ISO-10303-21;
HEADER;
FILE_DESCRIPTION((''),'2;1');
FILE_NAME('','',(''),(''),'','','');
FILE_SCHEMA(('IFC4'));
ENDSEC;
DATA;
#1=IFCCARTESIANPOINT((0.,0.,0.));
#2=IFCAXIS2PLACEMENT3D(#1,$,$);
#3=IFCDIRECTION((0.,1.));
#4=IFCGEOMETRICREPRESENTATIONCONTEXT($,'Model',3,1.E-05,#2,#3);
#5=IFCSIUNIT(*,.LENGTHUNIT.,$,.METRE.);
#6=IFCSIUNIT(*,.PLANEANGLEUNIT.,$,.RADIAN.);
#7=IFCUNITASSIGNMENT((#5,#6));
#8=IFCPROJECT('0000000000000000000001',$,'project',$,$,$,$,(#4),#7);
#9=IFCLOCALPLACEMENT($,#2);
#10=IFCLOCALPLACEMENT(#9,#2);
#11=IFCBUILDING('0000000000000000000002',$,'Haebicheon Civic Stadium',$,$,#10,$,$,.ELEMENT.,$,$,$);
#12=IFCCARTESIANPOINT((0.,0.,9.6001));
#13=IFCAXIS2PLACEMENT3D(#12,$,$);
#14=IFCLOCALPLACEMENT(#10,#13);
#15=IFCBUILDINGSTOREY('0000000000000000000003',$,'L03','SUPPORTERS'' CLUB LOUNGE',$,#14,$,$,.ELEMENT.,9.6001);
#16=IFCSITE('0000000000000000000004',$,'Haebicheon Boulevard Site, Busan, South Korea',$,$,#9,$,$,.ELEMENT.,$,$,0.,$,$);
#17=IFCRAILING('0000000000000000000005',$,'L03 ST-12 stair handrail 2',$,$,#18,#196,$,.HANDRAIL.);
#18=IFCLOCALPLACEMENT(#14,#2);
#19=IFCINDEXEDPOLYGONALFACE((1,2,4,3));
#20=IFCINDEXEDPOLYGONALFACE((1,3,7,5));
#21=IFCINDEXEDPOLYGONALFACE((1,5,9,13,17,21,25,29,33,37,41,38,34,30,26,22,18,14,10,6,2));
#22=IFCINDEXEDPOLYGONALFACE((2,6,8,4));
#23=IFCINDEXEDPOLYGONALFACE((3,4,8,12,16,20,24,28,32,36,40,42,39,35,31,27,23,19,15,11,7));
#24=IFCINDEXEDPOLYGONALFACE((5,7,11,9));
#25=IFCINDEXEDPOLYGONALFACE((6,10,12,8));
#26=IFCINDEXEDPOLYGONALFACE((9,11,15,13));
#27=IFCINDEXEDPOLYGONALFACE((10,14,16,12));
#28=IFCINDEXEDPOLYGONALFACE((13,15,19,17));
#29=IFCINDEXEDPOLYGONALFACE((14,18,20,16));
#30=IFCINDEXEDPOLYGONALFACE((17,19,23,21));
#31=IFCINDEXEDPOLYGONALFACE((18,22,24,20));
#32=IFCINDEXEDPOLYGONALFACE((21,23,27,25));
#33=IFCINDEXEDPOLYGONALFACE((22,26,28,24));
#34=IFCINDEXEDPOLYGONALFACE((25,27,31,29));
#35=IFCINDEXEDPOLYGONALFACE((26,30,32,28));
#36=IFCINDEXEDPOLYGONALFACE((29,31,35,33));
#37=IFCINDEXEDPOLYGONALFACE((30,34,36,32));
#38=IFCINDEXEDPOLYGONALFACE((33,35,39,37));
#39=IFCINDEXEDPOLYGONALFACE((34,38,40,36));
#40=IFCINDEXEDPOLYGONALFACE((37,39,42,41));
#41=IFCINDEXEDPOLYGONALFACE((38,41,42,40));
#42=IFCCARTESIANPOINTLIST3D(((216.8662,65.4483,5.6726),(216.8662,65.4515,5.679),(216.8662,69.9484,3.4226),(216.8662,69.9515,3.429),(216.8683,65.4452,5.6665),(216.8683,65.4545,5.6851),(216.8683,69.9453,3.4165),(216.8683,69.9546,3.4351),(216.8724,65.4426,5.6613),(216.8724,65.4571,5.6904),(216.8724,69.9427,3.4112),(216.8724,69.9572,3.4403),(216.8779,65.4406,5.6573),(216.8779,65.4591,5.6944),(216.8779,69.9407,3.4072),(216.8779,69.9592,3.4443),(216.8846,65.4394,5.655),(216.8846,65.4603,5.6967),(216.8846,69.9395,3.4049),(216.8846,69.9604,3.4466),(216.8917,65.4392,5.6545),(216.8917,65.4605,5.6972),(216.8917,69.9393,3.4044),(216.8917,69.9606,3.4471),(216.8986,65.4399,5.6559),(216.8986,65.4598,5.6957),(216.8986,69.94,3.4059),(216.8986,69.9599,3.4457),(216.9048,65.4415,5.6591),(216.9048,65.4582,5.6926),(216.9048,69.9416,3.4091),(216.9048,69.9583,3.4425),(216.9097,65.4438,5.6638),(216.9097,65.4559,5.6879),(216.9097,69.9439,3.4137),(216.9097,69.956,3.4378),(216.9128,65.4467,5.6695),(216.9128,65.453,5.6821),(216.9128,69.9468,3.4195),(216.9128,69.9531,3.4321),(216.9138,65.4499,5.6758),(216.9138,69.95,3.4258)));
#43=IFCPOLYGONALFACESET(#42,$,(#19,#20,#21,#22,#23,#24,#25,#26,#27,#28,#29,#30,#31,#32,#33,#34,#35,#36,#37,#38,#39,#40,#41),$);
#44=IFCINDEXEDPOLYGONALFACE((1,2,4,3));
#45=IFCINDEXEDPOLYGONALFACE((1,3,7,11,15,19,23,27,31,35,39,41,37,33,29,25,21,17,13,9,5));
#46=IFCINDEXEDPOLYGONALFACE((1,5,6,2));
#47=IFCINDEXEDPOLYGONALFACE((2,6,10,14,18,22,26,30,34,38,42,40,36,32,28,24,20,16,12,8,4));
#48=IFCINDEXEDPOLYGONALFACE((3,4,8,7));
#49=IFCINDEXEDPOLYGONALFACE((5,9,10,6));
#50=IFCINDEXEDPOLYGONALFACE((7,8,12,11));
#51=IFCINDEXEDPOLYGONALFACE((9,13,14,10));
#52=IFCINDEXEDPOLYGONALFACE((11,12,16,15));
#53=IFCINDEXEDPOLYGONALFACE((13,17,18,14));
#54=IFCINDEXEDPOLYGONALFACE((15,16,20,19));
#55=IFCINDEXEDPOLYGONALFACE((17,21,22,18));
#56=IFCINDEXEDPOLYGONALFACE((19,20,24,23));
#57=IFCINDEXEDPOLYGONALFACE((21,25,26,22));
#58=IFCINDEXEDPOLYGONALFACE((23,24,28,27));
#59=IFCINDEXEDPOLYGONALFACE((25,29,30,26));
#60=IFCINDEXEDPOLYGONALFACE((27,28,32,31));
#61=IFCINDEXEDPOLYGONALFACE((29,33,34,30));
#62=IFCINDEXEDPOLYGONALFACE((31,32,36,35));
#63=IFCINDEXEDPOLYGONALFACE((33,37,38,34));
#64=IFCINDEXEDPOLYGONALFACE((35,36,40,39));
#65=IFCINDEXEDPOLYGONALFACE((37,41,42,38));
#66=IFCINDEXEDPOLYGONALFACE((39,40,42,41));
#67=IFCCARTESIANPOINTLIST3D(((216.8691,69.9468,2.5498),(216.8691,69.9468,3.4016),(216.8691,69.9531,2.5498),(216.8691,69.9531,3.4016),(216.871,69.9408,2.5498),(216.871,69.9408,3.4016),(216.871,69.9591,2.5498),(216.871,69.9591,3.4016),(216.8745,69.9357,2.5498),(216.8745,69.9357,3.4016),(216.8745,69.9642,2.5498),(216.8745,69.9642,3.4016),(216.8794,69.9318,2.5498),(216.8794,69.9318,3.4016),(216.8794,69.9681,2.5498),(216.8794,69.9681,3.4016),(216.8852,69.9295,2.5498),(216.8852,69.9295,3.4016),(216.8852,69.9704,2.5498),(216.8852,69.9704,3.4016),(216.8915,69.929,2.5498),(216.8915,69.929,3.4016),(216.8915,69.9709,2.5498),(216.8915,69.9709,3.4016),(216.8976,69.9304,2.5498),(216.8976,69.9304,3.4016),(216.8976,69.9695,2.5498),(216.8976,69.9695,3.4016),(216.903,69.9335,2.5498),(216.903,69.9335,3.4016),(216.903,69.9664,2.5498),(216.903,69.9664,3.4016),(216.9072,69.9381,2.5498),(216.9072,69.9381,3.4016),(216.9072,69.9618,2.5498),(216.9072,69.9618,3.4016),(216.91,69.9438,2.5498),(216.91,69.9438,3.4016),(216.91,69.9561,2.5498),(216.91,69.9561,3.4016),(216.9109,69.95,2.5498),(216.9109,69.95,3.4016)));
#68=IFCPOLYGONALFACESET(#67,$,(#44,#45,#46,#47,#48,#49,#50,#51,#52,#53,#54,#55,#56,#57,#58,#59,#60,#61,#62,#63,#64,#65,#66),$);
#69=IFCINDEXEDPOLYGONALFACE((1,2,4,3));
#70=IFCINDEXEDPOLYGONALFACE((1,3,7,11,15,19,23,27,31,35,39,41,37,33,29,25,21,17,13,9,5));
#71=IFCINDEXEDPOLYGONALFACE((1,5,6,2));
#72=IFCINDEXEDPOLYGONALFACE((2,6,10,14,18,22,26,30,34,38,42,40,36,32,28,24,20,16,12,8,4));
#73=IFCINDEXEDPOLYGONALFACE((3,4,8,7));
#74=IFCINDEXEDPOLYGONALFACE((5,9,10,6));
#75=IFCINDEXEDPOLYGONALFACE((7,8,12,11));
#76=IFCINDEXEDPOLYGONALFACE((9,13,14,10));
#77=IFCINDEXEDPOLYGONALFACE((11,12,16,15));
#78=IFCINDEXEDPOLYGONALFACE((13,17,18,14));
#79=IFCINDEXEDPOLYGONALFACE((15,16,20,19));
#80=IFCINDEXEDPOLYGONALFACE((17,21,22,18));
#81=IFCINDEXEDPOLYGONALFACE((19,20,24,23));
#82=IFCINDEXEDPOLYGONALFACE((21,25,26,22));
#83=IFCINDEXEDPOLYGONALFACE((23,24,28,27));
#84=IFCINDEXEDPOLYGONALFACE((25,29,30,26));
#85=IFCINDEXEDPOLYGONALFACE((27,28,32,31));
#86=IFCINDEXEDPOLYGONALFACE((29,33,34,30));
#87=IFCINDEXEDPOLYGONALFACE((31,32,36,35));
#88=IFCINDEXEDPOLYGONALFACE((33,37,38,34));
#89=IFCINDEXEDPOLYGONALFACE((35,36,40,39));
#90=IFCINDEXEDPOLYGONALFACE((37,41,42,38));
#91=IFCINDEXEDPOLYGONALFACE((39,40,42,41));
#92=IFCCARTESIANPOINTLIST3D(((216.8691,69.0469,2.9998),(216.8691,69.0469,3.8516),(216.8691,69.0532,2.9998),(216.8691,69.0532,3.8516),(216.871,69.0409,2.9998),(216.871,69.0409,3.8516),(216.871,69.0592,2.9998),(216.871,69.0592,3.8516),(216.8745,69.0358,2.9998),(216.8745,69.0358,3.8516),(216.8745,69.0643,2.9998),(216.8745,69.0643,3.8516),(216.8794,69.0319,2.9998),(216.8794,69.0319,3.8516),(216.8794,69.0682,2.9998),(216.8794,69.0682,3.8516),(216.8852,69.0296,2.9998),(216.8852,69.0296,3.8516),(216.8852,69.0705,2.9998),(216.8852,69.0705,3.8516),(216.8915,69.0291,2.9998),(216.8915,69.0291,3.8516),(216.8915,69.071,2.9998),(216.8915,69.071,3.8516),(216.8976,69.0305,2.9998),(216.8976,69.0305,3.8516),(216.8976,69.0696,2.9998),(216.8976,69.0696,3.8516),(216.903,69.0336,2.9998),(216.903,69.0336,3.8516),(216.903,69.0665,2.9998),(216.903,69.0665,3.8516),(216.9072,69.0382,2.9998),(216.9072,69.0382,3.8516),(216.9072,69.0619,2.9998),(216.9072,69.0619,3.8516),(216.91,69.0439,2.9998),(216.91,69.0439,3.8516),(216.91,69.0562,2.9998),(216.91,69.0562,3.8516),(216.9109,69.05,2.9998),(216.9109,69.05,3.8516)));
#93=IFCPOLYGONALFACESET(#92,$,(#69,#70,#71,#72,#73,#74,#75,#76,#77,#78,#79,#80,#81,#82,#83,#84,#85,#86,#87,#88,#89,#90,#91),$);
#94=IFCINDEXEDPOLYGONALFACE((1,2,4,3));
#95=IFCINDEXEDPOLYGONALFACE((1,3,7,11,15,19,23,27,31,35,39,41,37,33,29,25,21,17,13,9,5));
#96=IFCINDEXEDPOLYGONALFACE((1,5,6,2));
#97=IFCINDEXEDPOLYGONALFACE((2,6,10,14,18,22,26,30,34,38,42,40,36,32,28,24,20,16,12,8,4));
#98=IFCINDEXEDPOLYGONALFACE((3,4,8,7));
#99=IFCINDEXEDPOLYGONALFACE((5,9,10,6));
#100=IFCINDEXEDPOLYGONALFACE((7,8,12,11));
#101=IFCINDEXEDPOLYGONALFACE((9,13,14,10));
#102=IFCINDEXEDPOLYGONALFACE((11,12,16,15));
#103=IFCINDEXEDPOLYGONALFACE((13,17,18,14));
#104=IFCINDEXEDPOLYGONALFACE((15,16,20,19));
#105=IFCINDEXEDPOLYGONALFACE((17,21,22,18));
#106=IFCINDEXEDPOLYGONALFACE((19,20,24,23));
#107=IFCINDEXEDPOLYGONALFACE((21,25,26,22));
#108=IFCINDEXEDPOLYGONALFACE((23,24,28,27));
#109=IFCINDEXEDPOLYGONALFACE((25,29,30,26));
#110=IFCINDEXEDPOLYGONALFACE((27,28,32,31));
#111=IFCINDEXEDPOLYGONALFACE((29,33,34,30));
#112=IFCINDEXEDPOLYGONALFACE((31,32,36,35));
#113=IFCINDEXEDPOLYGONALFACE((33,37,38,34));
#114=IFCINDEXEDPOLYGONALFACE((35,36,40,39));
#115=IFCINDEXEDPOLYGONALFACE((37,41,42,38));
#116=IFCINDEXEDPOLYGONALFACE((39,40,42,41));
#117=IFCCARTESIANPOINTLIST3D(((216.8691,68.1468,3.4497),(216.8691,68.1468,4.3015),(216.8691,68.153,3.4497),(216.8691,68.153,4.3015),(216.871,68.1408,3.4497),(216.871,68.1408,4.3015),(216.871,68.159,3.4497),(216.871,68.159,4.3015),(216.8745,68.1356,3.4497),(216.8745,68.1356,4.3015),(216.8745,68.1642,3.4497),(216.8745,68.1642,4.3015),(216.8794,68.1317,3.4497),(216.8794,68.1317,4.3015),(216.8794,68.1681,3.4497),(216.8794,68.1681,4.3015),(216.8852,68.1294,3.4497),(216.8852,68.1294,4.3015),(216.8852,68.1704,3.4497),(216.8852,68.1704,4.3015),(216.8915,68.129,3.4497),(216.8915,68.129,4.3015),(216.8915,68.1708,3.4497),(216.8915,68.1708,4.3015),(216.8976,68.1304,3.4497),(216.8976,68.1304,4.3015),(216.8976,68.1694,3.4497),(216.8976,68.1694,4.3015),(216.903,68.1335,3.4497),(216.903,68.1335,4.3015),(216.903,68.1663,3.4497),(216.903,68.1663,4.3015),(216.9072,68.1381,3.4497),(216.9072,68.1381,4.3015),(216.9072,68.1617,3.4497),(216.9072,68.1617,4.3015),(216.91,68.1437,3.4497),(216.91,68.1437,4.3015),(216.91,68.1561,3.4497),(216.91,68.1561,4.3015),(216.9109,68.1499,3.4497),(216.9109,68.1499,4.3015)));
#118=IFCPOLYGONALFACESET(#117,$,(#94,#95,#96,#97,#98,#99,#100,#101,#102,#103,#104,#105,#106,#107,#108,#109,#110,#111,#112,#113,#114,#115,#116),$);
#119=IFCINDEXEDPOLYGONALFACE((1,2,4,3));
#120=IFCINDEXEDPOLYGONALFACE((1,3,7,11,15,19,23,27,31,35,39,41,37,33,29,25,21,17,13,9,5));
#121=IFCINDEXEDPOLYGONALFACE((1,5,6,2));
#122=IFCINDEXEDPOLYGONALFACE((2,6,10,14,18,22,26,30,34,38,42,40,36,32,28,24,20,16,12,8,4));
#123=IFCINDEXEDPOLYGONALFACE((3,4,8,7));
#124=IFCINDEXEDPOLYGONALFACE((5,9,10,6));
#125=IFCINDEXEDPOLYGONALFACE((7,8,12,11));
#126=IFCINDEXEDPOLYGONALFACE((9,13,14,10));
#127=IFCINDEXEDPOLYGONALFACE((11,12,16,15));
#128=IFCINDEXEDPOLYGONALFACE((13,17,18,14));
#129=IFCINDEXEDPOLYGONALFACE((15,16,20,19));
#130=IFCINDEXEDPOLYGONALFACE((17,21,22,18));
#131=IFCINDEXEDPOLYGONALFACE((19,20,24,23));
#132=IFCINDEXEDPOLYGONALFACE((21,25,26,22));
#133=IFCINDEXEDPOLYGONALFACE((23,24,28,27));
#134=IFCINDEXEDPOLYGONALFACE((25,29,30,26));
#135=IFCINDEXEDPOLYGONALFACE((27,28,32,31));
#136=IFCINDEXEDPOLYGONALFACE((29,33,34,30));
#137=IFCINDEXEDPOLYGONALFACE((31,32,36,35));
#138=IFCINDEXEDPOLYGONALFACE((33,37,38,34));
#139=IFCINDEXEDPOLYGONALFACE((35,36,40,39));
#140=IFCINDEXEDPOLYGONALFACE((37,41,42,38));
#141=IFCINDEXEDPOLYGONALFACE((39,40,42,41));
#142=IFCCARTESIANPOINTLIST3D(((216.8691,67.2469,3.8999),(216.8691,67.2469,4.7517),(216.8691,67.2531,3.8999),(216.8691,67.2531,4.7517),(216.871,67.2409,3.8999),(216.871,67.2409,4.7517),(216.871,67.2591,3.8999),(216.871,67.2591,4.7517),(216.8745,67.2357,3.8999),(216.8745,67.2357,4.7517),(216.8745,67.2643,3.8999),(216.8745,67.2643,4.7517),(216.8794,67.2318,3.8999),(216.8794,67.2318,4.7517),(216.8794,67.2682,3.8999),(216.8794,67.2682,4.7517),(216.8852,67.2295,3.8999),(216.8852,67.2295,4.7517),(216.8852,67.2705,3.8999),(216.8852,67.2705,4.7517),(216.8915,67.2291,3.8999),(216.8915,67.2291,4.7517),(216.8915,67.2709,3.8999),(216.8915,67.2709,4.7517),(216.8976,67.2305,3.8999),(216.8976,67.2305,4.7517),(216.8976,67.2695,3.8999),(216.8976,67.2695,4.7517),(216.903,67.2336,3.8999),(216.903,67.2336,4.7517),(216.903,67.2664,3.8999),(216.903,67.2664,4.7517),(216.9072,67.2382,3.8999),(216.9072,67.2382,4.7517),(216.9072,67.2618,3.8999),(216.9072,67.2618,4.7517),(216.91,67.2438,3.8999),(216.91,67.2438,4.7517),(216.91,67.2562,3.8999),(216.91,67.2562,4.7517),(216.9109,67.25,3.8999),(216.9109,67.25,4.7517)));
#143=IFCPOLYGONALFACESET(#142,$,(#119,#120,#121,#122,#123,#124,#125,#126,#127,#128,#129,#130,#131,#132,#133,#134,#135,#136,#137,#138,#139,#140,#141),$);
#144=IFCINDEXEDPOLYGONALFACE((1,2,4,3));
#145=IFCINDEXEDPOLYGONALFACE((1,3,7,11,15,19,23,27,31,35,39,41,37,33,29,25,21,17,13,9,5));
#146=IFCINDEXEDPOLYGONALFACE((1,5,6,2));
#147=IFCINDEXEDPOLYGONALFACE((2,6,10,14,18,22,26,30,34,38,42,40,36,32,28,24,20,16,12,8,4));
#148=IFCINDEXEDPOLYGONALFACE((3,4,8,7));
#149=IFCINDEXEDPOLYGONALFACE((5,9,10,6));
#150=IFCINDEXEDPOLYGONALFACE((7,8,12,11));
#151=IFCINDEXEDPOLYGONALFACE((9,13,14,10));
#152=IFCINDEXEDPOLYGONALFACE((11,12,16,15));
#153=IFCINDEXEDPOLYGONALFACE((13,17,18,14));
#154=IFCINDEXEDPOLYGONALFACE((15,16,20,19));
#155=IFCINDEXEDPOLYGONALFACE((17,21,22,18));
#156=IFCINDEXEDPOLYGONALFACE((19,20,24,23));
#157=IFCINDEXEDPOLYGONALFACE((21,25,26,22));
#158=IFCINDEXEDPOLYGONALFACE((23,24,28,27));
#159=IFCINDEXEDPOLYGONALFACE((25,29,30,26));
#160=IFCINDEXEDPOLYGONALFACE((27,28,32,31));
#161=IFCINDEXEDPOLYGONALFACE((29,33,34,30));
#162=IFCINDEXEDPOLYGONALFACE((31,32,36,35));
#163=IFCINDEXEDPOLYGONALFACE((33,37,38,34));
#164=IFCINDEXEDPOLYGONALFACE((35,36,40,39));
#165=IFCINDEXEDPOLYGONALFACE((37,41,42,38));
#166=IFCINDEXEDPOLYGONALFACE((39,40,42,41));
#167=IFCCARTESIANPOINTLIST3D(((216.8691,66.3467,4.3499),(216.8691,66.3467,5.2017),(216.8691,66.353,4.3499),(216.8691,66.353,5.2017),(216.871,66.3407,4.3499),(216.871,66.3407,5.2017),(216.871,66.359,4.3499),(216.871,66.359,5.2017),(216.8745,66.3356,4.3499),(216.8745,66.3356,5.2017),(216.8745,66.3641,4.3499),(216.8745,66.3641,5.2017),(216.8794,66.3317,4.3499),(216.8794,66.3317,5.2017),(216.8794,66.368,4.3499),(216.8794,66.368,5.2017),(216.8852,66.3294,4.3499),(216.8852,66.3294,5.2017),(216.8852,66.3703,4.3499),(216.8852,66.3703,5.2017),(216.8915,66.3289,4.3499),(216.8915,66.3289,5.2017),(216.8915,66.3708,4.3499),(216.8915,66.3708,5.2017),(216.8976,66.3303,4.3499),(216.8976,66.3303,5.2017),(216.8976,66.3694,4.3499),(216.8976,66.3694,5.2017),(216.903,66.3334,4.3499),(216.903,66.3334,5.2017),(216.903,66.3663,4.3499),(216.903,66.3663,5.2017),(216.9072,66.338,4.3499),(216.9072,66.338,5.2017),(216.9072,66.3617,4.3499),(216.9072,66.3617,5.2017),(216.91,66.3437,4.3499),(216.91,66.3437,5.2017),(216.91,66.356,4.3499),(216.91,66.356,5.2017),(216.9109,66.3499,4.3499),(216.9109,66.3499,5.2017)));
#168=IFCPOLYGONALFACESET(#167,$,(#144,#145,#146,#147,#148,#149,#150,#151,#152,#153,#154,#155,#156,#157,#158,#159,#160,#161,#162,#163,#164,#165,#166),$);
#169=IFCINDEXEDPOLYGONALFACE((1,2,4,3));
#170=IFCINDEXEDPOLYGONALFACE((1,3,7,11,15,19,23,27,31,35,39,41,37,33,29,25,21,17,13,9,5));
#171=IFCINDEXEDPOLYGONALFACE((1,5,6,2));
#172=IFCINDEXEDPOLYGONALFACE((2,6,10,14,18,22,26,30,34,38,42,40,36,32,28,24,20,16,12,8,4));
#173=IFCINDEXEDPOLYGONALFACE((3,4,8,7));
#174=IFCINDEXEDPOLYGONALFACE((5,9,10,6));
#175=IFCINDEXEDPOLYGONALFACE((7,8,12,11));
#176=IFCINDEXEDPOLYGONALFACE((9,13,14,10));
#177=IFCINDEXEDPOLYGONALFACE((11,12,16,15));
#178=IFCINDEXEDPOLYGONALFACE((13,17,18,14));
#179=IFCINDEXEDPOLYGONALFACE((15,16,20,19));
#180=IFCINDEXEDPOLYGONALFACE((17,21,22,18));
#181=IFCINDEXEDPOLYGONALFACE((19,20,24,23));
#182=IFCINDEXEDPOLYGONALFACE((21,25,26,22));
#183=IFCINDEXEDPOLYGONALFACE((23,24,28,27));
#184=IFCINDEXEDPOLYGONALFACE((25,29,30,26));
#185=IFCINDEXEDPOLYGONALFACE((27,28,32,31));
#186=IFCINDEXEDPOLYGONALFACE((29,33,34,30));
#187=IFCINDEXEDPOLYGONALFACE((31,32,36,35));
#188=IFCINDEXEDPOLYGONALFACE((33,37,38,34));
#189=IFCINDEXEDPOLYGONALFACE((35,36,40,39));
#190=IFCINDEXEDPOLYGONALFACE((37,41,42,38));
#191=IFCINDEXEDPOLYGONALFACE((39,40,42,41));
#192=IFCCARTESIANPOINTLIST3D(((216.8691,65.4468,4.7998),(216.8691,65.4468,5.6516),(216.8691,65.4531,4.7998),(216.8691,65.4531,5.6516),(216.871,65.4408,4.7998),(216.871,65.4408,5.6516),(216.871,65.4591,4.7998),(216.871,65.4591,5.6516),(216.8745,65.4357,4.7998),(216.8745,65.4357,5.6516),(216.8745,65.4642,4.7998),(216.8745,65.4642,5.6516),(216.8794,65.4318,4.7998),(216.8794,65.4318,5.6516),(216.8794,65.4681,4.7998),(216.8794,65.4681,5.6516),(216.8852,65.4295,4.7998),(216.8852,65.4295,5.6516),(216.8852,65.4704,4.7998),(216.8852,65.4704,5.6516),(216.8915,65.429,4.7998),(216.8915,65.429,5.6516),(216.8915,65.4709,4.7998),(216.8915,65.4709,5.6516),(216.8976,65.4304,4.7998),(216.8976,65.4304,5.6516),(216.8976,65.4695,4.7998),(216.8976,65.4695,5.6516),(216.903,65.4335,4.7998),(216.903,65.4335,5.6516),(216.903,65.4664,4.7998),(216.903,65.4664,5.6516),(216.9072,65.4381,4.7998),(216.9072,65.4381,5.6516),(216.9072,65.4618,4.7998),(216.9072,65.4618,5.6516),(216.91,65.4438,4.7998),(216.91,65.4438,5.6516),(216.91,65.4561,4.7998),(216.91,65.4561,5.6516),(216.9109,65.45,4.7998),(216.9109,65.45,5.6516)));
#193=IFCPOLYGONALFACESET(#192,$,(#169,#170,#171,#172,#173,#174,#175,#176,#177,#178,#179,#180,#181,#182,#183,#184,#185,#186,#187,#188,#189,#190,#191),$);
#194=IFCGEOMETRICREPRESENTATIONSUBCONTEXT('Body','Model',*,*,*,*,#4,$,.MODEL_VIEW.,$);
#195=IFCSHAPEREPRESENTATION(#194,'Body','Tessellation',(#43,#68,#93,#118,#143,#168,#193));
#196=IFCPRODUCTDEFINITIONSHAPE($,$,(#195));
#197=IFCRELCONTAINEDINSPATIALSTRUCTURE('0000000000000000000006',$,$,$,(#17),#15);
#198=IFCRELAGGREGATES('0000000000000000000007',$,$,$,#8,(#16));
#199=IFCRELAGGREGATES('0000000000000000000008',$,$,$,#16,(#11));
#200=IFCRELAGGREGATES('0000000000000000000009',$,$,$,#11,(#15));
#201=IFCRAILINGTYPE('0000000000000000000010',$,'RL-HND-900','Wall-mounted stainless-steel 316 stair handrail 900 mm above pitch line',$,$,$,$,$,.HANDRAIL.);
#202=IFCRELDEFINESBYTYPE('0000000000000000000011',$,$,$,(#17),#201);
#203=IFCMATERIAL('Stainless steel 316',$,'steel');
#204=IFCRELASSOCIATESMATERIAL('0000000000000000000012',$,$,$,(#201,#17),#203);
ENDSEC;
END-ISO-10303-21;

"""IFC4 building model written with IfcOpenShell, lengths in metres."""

from ifc_helpers import new_model, si_unit, direction, frame, origin, origin_2d, place, context, subcontext, project, spatial, circle, extrude, material, type_object, element, save


model = new_model("IFC4")

# Units and contexts
model_context = context("Model", 3, precision=1e-05, world=origin(), true_north=direction((0.0, 1.0)))
body_context = subcontext(model_context, "Body", "Model", "MODEL_VIEW")
ifc_project = project(units=[si_unit("LENGTHUNIT", "METRE"), si_unit("PLANEANGLEUNIT", "RADIAN")], contexts=[model_context])

# Site, building, storey
site_placement = place(None, origin())
site = spatial("IfcSite", under=ifc_project, at=site_placement, Name="Haebicheon Boulevard Site, Busan, South Korea", CompositionType="ELEMENT", RefElevation=0.0)
building_placement = place(site_placement, origin())
building = spatial("IfcBuilding", under=site, at=building_placement, Name="Haebicheon Civic Stadium", CompositionType="ELEMENT")
storey_placement = place(building_placement, frame((0.0, 0.0, 9.6001)))
storey = spatial("IfcBuildingStorey", under=building, at=storey_placement, Name="L03", Description="SUPPORTERS' CLUB LOUNGE", CompositionType="ELEMENT", Elevation=9.6001)

# Railing
ifc_material_1 = material(Name="Stainless steel 316", Category="steel")
railing_type_1 = type_object("IfcRailingType", Name="RL-HND-900", Description="Wall-mounted stainless-steel 316 stair handrail 900 mm above pitch line", PredefinedType="HANDRAIL", material=ifc_material_1)
railing_1_placement = place(storey_placement, frame((216.8899, 69.95, 2.5498)))
element("IfcRailing", 1, at=railing_1_placement, inside=storey, type_object=railing_type_1, material=ifc_material_1, Name="L03 ST-12 stair handrail 2", PredefinedType="HANDRAIL", context=body_context, shape_type="SweptSolid", body=[
    extrude(circle(Radius=0.0239, at=origin_2d()), frame((0.0, 0.0, 0.876), z_axis=(0.0, -0.894427, 0.447214), x_axis=(1.0, 0.0, 0.0)), (0.0, 0.0, 1.0), 5.0312),
    extrude(circle(Radius=0.021, at=origin_2d()), origin(), (0.0, 0.0, 1.0), 0.8518),
    extrude(circle(Radius=0.021, at=origin_2d()), frame((0.0, -0.8999, 0.45)), (0.0, 0.0, 1.0), 0.8518),
    extrude(circle(Radius=0.021, at=origin_2d()), frame((0.0, -1.8, 0.8999)), (0.0, 0.0, 1.0), 0.8518),
    extrude(circle(Radius=0.021, at=origin_2d()), frame((0.0, -2.7, 1.3501)), (0.0, 0.0, 1.0), 0.8518),
    extrude(circle(Radius=0.021, at=origin_2d()), frame((0.0, -3.6001, 1.8)), (0.0, 0.0, 1.0), 0.8518),
    extrude(circle(Radius=0.021, at=origin_2d()), frame((0.0, -4.5, 2.25)), (0.0, 0.0, 1.0), 0.8518),
])

save(model, "model.ifc")
